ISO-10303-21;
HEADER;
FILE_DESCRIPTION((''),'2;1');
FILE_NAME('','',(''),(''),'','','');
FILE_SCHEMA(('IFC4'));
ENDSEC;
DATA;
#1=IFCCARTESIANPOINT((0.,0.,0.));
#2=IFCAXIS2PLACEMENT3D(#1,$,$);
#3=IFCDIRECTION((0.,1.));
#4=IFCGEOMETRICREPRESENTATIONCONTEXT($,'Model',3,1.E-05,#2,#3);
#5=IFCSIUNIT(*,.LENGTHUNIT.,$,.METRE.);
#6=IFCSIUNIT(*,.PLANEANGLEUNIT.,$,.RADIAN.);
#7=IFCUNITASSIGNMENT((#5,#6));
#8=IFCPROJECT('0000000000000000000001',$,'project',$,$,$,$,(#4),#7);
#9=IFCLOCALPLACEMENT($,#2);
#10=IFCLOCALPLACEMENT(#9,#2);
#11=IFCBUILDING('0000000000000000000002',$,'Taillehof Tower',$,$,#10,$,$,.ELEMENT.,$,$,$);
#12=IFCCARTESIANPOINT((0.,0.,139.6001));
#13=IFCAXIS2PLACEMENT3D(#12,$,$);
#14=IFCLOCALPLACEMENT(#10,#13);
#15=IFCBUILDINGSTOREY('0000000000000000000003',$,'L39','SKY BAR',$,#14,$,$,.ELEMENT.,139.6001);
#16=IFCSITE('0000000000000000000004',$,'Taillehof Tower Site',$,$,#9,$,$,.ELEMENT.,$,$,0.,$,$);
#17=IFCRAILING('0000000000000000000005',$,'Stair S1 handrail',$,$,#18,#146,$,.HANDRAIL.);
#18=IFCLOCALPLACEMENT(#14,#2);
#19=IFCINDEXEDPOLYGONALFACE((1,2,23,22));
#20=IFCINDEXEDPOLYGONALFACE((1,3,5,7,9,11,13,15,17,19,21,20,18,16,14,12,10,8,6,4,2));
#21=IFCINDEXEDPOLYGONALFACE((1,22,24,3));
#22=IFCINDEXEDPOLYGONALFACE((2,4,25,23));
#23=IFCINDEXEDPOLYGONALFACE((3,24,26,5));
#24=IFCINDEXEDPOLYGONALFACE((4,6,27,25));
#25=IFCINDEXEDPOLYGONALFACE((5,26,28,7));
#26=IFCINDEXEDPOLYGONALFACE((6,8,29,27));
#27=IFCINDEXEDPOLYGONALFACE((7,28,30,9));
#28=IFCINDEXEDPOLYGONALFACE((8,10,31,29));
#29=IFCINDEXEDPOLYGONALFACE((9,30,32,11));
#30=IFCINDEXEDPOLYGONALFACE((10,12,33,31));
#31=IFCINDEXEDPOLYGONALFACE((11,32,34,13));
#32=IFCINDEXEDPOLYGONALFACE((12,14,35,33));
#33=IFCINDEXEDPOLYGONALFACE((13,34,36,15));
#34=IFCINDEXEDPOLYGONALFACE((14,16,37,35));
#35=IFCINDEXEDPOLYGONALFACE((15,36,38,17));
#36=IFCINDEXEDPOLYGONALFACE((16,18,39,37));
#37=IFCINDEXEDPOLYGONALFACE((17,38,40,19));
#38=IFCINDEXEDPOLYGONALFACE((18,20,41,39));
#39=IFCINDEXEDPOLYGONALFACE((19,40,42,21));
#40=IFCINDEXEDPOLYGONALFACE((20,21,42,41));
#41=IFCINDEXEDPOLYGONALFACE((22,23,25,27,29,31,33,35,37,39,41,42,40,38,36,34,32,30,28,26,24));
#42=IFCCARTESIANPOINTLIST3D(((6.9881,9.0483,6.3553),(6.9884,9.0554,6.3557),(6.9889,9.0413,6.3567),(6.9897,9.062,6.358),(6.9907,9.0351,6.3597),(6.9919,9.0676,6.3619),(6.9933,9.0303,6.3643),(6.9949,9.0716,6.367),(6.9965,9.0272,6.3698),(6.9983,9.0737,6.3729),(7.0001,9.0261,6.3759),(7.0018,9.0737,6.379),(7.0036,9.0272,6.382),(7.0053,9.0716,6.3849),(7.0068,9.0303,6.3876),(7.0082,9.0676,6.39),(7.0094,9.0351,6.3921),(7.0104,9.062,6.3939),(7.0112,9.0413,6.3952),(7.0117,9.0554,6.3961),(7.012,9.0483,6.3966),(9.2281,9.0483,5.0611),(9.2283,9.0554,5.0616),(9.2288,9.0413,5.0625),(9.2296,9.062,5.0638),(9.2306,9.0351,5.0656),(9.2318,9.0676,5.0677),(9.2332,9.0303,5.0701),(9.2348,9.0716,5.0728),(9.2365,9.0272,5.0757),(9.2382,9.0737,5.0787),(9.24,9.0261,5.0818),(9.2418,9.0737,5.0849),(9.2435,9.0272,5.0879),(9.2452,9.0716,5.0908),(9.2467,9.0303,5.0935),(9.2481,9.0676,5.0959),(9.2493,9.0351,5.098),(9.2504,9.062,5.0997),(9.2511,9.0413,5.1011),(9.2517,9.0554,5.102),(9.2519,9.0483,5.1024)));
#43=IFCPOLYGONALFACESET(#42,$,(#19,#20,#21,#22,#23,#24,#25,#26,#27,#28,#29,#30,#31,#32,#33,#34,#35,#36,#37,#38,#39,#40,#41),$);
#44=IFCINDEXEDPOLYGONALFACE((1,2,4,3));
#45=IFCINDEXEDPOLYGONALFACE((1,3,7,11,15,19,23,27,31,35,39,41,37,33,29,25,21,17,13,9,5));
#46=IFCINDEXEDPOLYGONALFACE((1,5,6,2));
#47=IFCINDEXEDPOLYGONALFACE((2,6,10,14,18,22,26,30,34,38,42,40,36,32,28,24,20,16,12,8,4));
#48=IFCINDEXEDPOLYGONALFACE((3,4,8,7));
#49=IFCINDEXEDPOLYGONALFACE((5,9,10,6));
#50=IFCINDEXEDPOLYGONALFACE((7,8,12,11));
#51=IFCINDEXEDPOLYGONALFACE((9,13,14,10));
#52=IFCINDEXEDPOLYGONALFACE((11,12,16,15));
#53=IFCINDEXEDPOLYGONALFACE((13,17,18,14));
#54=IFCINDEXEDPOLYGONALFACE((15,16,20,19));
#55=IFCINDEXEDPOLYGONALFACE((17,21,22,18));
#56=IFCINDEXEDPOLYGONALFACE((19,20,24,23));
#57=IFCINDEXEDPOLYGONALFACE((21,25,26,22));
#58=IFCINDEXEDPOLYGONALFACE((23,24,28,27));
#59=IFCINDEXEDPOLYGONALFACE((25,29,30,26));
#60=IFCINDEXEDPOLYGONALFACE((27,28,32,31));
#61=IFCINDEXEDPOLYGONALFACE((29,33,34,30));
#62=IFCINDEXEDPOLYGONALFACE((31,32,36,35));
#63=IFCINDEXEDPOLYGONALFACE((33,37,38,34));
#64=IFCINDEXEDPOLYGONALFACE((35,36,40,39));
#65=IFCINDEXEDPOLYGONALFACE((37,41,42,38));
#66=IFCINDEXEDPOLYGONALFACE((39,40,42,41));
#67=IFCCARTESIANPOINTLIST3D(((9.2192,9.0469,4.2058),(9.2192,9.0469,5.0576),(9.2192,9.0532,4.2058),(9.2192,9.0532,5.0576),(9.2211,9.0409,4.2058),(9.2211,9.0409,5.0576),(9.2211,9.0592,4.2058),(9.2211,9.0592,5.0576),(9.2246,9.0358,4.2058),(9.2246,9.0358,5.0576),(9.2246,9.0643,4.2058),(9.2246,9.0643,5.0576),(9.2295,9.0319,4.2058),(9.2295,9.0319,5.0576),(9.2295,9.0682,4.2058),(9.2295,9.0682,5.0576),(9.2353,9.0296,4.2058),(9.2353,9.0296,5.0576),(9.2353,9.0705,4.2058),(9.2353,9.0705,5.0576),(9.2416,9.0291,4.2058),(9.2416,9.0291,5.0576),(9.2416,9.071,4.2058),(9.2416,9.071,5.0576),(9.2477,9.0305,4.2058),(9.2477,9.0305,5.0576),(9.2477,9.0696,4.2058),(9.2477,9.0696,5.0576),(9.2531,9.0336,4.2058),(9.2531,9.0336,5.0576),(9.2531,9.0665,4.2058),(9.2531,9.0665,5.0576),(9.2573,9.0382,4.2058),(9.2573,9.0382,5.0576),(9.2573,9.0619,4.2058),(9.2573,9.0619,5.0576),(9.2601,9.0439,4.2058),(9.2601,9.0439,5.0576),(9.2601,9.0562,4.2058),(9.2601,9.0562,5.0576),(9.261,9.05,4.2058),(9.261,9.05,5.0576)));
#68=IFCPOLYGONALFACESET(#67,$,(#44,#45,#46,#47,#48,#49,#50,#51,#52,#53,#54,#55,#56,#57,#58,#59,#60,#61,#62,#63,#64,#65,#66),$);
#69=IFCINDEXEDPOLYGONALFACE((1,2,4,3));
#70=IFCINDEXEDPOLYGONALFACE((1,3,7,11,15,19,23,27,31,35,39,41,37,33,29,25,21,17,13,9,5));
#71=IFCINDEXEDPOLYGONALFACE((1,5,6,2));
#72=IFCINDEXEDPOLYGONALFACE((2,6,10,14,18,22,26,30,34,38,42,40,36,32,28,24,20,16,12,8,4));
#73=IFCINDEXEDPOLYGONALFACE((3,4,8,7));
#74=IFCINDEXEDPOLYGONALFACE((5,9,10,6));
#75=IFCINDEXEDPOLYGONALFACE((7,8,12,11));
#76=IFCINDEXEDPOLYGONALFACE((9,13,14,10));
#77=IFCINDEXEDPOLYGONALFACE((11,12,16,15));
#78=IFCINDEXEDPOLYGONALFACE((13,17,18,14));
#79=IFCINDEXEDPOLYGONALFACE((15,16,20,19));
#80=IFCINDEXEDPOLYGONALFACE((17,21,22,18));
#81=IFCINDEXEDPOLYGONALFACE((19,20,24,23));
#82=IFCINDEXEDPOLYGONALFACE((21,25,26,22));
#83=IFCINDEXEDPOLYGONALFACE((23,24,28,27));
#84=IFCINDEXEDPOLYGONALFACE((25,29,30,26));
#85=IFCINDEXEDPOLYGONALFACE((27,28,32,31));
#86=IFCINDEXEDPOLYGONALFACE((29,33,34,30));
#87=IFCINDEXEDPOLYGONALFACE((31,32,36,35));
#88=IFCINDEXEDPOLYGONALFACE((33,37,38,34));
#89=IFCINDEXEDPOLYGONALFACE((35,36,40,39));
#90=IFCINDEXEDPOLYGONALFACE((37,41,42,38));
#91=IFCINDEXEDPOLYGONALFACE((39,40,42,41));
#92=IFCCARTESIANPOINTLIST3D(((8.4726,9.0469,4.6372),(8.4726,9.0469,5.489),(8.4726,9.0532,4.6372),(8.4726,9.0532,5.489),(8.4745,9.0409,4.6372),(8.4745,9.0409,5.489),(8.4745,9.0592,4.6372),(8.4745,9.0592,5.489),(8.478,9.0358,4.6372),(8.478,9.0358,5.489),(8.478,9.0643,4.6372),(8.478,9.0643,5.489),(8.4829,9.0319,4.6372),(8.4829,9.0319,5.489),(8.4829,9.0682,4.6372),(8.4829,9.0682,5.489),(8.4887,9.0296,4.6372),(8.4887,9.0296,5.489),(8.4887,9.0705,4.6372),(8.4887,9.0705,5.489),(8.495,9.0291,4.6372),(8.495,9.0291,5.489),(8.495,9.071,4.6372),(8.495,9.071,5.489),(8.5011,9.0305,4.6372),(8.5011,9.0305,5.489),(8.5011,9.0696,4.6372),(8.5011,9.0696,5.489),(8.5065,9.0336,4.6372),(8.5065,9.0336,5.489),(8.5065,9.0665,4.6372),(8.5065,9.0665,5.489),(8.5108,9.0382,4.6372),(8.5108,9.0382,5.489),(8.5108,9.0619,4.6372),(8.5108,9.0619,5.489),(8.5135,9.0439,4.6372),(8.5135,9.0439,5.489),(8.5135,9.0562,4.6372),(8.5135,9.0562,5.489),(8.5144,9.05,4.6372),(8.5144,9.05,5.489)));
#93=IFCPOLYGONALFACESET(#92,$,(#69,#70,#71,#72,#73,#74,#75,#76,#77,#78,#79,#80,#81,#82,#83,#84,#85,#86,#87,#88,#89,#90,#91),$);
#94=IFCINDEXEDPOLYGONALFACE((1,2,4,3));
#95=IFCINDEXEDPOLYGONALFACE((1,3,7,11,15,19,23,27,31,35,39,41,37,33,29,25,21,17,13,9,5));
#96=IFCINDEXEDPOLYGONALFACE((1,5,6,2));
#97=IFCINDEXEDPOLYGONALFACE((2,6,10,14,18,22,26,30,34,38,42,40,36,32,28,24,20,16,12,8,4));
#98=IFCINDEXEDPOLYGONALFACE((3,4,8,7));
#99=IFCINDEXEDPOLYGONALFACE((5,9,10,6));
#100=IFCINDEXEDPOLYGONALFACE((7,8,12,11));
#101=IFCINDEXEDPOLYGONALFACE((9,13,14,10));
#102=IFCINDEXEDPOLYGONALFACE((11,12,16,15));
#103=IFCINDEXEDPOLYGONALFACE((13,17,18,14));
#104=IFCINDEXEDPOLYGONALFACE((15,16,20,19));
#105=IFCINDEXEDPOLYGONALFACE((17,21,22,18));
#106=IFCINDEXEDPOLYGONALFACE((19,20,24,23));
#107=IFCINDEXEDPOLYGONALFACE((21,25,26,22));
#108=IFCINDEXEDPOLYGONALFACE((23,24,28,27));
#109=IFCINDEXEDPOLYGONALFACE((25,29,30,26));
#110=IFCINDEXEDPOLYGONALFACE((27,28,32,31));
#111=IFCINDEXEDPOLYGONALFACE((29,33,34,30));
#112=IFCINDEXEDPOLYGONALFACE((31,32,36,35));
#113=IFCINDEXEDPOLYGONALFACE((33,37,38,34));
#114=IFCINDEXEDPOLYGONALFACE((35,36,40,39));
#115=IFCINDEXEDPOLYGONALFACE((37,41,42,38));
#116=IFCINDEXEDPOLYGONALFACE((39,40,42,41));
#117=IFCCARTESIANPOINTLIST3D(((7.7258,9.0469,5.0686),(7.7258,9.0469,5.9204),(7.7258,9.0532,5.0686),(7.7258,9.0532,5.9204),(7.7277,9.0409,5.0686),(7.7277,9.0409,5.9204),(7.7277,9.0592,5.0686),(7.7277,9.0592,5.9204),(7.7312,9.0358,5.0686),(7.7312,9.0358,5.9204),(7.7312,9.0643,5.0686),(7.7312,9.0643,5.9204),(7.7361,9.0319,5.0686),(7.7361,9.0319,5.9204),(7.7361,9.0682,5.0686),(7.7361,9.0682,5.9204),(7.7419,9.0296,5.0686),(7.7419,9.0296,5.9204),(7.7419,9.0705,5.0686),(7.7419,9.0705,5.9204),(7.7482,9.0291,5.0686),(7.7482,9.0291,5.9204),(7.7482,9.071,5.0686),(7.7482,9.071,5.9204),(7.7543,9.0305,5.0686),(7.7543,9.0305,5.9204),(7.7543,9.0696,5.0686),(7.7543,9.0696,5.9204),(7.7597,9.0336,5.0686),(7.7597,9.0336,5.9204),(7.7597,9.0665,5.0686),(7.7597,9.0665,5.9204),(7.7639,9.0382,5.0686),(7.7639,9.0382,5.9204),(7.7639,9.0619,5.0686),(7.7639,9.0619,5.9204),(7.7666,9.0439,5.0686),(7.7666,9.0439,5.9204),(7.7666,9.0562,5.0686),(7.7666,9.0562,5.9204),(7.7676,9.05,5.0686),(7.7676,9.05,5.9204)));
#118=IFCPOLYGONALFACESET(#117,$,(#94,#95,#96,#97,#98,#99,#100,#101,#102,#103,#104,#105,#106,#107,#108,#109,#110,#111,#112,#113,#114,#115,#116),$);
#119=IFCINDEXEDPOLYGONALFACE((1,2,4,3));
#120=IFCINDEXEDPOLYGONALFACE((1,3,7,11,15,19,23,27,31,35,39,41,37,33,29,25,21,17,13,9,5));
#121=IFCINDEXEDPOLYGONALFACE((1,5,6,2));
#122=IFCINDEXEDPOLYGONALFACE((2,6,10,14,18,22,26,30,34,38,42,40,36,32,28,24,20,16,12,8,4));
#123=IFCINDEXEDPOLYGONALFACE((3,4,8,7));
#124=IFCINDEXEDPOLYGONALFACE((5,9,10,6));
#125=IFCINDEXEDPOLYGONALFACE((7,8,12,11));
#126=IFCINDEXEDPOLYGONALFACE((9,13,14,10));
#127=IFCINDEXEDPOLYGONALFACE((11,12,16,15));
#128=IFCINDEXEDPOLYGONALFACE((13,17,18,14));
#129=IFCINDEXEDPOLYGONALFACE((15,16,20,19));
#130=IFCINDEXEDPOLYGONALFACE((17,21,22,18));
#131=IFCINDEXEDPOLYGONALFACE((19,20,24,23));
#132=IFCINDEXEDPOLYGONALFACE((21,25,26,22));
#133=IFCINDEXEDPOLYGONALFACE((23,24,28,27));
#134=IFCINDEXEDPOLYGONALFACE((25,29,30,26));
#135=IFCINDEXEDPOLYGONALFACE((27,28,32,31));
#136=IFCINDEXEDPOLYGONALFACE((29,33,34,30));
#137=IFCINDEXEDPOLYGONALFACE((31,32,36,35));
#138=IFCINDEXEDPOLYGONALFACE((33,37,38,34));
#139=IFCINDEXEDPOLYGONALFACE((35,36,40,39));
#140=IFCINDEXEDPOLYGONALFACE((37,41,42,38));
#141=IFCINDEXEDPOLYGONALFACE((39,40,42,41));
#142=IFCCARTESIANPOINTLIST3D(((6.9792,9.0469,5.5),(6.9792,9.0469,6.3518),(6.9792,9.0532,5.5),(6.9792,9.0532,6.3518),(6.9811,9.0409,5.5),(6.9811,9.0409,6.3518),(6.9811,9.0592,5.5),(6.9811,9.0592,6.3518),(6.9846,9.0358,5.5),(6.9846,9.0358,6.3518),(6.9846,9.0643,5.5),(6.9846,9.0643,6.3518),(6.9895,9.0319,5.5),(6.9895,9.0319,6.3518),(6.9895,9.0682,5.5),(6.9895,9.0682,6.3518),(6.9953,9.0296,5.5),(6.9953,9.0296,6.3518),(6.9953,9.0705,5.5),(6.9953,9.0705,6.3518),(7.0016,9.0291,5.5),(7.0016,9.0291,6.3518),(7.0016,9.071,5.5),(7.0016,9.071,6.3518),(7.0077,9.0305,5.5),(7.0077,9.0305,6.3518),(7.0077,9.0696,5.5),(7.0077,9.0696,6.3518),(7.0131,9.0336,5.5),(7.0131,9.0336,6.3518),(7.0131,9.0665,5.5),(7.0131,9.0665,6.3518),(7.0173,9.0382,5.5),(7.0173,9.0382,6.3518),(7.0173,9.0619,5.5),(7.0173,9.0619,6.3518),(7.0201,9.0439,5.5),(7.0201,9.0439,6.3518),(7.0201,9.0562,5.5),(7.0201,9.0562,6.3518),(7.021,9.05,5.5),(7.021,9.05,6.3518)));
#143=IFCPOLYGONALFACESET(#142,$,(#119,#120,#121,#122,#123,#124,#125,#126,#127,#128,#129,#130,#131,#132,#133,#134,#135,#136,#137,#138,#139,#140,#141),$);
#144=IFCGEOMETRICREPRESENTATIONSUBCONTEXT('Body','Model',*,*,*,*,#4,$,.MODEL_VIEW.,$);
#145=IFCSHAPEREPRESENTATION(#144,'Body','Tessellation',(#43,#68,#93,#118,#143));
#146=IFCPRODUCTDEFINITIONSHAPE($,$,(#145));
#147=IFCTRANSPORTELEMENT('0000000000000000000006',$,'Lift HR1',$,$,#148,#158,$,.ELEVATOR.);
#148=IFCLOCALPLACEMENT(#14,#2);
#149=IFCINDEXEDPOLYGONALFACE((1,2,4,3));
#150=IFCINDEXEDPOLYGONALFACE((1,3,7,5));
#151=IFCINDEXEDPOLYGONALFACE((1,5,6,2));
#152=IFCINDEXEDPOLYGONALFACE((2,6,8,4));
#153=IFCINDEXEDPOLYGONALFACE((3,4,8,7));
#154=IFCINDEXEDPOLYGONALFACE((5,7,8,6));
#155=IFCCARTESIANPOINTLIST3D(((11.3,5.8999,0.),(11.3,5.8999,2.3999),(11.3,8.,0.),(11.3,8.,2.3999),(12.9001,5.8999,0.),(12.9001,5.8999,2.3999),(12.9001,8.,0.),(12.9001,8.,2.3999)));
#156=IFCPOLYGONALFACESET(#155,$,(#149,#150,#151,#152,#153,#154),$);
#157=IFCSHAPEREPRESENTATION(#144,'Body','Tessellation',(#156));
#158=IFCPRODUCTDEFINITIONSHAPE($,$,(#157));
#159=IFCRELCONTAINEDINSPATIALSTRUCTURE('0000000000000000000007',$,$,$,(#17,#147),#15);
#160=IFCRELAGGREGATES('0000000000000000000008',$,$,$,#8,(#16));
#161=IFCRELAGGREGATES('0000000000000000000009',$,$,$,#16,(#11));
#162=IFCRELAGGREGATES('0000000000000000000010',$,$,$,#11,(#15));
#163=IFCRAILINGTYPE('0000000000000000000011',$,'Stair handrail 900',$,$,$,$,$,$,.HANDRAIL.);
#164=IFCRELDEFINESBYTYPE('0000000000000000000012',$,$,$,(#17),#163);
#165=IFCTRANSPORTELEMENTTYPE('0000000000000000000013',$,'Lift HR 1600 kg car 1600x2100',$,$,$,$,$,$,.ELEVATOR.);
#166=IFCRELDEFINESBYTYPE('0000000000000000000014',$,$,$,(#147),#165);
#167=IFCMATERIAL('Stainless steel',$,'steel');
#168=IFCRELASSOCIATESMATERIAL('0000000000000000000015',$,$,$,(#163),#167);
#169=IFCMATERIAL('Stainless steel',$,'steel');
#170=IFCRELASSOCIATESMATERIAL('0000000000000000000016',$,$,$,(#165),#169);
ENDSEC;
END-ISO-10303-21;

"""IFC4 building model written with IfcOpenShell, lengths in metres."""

from ifc_helpers import new_model, si_unit, direction, frame, origin, origin_2d, place, context, subcontext, project, spatial, rectangle, circle, extrude, material, type_object, element, save


model = new_model("IFC4")

# Units and contexts
model_context = context("Model", 3, precision=1e-05, world=origin(), true_north=direction((0.0, 1.0)))
body_context = subcontext(model_context, "Body", "Model", "MODEL_VIEW")
ifc_project = project(units=[si_unit("LENGTHUNIT", "METRE"), si_unit("PLANEANGLEUNIT", "RADIAN")], contexts=[model_context])

# Site, building, storey
site_placement = place(None, origin())
site = spatial("IfcSite", under=ifc_project, at=site_placement, Name="Taillehof Tower Site", CompositionType="ELEMENT", RefElevation=0.0)
building_placement = place(site_placement, origin())
building = spatial("IfcBuilding", under=site, at=building_placement, Name="Taillehof Tower", CompositionType="ELEMENT")
storey_placement = place(building_placement, frame((0.0, 0.0, 139.6001)))
storey = spatial("IfcBuildingStorey", under=building, at=storey_placement, Name="L39", Description="SKY BAR", CompositionType="ELEMENT", Elevation=139.6001)

# Railing
ifc_material_1 = material(Name="Stainless steel", Category="steel")
railing_type = type_object("IfcRailingType", Name="Stair handrail 900", PredefinedType="HANDRAIL", material=ifc_material_1)
railing_1_placement = place(storey_placement, frame((9.24, 9.05, 4.2058)))
element("IfcRailing", 1, at=railing_1_placement, inside=storey, type_object=railing_type, Name="Stair S1 handrail", PredefinedType="HANDRAIL", context=body_context, shape_type="SweptSolid", body=[
    extrude(circle(Radius=0.0239, at=origin_2d()), frame((0.0, 0.0, 0.876), z_axis=(-0.86587, 0.0, 0.50027), x_axis=(0.0, -1.0, 0.0)), (0.0, 0.0, 1.0), 2.5869),
    extrude(circle(Radius=0.021, at=origin_2d()), origin(), (0.0, 0.0, 1.0), 0.8518),
    extrude(circle(Radius=0.021, at=origin_2d()), frame((-0.7466, 0.0, 0.4314)), (0.0, 0.0, 1.0), 0.8518),
    extrude(circle(Radius=0.021, at=origin_2d()), frame((-1.4934, 0.0, 0.8628)), (0.0, 0.0, 1.0), 0.8518),
    extrude(circle(Radius=0.021, at=origin_2d()), frame((-2.24, 0.0, 1.2942)), (0.0, 0.0, 1.0), 0.8518),
])

# Transport element
ifc_material_2 = material(Name="Stainless steel", Category="steel")
transport_element_type = type_object("IfcTransportElementType", Name="Lift HR 1600 kg car 1600x2100", PredefinedType="ELEVATOR", material=ifc_material_2)
transport_element_placement = place(storey_placement, frame((12.1001, 6.95, 0.0), z_axis=(0.0, 0.0, 1.0), x_axis=(1.0, 0.0, 0.0)))
element("IfcTransportElement", 2, at=transport_element_placement, inside=storey, type_object=transport_element_type, Name="Lift HR1", PredefinedType="ELEVATOR", context=body_context, shape_type="SweptSolid", body=[
    extrude(rectangle(XDim=1.6001, YDim=2.1001, at=origin_2d()), origin(), (0.0, 0.0, 1.0), 2.3999),
])

save(model, "model.ifc")
